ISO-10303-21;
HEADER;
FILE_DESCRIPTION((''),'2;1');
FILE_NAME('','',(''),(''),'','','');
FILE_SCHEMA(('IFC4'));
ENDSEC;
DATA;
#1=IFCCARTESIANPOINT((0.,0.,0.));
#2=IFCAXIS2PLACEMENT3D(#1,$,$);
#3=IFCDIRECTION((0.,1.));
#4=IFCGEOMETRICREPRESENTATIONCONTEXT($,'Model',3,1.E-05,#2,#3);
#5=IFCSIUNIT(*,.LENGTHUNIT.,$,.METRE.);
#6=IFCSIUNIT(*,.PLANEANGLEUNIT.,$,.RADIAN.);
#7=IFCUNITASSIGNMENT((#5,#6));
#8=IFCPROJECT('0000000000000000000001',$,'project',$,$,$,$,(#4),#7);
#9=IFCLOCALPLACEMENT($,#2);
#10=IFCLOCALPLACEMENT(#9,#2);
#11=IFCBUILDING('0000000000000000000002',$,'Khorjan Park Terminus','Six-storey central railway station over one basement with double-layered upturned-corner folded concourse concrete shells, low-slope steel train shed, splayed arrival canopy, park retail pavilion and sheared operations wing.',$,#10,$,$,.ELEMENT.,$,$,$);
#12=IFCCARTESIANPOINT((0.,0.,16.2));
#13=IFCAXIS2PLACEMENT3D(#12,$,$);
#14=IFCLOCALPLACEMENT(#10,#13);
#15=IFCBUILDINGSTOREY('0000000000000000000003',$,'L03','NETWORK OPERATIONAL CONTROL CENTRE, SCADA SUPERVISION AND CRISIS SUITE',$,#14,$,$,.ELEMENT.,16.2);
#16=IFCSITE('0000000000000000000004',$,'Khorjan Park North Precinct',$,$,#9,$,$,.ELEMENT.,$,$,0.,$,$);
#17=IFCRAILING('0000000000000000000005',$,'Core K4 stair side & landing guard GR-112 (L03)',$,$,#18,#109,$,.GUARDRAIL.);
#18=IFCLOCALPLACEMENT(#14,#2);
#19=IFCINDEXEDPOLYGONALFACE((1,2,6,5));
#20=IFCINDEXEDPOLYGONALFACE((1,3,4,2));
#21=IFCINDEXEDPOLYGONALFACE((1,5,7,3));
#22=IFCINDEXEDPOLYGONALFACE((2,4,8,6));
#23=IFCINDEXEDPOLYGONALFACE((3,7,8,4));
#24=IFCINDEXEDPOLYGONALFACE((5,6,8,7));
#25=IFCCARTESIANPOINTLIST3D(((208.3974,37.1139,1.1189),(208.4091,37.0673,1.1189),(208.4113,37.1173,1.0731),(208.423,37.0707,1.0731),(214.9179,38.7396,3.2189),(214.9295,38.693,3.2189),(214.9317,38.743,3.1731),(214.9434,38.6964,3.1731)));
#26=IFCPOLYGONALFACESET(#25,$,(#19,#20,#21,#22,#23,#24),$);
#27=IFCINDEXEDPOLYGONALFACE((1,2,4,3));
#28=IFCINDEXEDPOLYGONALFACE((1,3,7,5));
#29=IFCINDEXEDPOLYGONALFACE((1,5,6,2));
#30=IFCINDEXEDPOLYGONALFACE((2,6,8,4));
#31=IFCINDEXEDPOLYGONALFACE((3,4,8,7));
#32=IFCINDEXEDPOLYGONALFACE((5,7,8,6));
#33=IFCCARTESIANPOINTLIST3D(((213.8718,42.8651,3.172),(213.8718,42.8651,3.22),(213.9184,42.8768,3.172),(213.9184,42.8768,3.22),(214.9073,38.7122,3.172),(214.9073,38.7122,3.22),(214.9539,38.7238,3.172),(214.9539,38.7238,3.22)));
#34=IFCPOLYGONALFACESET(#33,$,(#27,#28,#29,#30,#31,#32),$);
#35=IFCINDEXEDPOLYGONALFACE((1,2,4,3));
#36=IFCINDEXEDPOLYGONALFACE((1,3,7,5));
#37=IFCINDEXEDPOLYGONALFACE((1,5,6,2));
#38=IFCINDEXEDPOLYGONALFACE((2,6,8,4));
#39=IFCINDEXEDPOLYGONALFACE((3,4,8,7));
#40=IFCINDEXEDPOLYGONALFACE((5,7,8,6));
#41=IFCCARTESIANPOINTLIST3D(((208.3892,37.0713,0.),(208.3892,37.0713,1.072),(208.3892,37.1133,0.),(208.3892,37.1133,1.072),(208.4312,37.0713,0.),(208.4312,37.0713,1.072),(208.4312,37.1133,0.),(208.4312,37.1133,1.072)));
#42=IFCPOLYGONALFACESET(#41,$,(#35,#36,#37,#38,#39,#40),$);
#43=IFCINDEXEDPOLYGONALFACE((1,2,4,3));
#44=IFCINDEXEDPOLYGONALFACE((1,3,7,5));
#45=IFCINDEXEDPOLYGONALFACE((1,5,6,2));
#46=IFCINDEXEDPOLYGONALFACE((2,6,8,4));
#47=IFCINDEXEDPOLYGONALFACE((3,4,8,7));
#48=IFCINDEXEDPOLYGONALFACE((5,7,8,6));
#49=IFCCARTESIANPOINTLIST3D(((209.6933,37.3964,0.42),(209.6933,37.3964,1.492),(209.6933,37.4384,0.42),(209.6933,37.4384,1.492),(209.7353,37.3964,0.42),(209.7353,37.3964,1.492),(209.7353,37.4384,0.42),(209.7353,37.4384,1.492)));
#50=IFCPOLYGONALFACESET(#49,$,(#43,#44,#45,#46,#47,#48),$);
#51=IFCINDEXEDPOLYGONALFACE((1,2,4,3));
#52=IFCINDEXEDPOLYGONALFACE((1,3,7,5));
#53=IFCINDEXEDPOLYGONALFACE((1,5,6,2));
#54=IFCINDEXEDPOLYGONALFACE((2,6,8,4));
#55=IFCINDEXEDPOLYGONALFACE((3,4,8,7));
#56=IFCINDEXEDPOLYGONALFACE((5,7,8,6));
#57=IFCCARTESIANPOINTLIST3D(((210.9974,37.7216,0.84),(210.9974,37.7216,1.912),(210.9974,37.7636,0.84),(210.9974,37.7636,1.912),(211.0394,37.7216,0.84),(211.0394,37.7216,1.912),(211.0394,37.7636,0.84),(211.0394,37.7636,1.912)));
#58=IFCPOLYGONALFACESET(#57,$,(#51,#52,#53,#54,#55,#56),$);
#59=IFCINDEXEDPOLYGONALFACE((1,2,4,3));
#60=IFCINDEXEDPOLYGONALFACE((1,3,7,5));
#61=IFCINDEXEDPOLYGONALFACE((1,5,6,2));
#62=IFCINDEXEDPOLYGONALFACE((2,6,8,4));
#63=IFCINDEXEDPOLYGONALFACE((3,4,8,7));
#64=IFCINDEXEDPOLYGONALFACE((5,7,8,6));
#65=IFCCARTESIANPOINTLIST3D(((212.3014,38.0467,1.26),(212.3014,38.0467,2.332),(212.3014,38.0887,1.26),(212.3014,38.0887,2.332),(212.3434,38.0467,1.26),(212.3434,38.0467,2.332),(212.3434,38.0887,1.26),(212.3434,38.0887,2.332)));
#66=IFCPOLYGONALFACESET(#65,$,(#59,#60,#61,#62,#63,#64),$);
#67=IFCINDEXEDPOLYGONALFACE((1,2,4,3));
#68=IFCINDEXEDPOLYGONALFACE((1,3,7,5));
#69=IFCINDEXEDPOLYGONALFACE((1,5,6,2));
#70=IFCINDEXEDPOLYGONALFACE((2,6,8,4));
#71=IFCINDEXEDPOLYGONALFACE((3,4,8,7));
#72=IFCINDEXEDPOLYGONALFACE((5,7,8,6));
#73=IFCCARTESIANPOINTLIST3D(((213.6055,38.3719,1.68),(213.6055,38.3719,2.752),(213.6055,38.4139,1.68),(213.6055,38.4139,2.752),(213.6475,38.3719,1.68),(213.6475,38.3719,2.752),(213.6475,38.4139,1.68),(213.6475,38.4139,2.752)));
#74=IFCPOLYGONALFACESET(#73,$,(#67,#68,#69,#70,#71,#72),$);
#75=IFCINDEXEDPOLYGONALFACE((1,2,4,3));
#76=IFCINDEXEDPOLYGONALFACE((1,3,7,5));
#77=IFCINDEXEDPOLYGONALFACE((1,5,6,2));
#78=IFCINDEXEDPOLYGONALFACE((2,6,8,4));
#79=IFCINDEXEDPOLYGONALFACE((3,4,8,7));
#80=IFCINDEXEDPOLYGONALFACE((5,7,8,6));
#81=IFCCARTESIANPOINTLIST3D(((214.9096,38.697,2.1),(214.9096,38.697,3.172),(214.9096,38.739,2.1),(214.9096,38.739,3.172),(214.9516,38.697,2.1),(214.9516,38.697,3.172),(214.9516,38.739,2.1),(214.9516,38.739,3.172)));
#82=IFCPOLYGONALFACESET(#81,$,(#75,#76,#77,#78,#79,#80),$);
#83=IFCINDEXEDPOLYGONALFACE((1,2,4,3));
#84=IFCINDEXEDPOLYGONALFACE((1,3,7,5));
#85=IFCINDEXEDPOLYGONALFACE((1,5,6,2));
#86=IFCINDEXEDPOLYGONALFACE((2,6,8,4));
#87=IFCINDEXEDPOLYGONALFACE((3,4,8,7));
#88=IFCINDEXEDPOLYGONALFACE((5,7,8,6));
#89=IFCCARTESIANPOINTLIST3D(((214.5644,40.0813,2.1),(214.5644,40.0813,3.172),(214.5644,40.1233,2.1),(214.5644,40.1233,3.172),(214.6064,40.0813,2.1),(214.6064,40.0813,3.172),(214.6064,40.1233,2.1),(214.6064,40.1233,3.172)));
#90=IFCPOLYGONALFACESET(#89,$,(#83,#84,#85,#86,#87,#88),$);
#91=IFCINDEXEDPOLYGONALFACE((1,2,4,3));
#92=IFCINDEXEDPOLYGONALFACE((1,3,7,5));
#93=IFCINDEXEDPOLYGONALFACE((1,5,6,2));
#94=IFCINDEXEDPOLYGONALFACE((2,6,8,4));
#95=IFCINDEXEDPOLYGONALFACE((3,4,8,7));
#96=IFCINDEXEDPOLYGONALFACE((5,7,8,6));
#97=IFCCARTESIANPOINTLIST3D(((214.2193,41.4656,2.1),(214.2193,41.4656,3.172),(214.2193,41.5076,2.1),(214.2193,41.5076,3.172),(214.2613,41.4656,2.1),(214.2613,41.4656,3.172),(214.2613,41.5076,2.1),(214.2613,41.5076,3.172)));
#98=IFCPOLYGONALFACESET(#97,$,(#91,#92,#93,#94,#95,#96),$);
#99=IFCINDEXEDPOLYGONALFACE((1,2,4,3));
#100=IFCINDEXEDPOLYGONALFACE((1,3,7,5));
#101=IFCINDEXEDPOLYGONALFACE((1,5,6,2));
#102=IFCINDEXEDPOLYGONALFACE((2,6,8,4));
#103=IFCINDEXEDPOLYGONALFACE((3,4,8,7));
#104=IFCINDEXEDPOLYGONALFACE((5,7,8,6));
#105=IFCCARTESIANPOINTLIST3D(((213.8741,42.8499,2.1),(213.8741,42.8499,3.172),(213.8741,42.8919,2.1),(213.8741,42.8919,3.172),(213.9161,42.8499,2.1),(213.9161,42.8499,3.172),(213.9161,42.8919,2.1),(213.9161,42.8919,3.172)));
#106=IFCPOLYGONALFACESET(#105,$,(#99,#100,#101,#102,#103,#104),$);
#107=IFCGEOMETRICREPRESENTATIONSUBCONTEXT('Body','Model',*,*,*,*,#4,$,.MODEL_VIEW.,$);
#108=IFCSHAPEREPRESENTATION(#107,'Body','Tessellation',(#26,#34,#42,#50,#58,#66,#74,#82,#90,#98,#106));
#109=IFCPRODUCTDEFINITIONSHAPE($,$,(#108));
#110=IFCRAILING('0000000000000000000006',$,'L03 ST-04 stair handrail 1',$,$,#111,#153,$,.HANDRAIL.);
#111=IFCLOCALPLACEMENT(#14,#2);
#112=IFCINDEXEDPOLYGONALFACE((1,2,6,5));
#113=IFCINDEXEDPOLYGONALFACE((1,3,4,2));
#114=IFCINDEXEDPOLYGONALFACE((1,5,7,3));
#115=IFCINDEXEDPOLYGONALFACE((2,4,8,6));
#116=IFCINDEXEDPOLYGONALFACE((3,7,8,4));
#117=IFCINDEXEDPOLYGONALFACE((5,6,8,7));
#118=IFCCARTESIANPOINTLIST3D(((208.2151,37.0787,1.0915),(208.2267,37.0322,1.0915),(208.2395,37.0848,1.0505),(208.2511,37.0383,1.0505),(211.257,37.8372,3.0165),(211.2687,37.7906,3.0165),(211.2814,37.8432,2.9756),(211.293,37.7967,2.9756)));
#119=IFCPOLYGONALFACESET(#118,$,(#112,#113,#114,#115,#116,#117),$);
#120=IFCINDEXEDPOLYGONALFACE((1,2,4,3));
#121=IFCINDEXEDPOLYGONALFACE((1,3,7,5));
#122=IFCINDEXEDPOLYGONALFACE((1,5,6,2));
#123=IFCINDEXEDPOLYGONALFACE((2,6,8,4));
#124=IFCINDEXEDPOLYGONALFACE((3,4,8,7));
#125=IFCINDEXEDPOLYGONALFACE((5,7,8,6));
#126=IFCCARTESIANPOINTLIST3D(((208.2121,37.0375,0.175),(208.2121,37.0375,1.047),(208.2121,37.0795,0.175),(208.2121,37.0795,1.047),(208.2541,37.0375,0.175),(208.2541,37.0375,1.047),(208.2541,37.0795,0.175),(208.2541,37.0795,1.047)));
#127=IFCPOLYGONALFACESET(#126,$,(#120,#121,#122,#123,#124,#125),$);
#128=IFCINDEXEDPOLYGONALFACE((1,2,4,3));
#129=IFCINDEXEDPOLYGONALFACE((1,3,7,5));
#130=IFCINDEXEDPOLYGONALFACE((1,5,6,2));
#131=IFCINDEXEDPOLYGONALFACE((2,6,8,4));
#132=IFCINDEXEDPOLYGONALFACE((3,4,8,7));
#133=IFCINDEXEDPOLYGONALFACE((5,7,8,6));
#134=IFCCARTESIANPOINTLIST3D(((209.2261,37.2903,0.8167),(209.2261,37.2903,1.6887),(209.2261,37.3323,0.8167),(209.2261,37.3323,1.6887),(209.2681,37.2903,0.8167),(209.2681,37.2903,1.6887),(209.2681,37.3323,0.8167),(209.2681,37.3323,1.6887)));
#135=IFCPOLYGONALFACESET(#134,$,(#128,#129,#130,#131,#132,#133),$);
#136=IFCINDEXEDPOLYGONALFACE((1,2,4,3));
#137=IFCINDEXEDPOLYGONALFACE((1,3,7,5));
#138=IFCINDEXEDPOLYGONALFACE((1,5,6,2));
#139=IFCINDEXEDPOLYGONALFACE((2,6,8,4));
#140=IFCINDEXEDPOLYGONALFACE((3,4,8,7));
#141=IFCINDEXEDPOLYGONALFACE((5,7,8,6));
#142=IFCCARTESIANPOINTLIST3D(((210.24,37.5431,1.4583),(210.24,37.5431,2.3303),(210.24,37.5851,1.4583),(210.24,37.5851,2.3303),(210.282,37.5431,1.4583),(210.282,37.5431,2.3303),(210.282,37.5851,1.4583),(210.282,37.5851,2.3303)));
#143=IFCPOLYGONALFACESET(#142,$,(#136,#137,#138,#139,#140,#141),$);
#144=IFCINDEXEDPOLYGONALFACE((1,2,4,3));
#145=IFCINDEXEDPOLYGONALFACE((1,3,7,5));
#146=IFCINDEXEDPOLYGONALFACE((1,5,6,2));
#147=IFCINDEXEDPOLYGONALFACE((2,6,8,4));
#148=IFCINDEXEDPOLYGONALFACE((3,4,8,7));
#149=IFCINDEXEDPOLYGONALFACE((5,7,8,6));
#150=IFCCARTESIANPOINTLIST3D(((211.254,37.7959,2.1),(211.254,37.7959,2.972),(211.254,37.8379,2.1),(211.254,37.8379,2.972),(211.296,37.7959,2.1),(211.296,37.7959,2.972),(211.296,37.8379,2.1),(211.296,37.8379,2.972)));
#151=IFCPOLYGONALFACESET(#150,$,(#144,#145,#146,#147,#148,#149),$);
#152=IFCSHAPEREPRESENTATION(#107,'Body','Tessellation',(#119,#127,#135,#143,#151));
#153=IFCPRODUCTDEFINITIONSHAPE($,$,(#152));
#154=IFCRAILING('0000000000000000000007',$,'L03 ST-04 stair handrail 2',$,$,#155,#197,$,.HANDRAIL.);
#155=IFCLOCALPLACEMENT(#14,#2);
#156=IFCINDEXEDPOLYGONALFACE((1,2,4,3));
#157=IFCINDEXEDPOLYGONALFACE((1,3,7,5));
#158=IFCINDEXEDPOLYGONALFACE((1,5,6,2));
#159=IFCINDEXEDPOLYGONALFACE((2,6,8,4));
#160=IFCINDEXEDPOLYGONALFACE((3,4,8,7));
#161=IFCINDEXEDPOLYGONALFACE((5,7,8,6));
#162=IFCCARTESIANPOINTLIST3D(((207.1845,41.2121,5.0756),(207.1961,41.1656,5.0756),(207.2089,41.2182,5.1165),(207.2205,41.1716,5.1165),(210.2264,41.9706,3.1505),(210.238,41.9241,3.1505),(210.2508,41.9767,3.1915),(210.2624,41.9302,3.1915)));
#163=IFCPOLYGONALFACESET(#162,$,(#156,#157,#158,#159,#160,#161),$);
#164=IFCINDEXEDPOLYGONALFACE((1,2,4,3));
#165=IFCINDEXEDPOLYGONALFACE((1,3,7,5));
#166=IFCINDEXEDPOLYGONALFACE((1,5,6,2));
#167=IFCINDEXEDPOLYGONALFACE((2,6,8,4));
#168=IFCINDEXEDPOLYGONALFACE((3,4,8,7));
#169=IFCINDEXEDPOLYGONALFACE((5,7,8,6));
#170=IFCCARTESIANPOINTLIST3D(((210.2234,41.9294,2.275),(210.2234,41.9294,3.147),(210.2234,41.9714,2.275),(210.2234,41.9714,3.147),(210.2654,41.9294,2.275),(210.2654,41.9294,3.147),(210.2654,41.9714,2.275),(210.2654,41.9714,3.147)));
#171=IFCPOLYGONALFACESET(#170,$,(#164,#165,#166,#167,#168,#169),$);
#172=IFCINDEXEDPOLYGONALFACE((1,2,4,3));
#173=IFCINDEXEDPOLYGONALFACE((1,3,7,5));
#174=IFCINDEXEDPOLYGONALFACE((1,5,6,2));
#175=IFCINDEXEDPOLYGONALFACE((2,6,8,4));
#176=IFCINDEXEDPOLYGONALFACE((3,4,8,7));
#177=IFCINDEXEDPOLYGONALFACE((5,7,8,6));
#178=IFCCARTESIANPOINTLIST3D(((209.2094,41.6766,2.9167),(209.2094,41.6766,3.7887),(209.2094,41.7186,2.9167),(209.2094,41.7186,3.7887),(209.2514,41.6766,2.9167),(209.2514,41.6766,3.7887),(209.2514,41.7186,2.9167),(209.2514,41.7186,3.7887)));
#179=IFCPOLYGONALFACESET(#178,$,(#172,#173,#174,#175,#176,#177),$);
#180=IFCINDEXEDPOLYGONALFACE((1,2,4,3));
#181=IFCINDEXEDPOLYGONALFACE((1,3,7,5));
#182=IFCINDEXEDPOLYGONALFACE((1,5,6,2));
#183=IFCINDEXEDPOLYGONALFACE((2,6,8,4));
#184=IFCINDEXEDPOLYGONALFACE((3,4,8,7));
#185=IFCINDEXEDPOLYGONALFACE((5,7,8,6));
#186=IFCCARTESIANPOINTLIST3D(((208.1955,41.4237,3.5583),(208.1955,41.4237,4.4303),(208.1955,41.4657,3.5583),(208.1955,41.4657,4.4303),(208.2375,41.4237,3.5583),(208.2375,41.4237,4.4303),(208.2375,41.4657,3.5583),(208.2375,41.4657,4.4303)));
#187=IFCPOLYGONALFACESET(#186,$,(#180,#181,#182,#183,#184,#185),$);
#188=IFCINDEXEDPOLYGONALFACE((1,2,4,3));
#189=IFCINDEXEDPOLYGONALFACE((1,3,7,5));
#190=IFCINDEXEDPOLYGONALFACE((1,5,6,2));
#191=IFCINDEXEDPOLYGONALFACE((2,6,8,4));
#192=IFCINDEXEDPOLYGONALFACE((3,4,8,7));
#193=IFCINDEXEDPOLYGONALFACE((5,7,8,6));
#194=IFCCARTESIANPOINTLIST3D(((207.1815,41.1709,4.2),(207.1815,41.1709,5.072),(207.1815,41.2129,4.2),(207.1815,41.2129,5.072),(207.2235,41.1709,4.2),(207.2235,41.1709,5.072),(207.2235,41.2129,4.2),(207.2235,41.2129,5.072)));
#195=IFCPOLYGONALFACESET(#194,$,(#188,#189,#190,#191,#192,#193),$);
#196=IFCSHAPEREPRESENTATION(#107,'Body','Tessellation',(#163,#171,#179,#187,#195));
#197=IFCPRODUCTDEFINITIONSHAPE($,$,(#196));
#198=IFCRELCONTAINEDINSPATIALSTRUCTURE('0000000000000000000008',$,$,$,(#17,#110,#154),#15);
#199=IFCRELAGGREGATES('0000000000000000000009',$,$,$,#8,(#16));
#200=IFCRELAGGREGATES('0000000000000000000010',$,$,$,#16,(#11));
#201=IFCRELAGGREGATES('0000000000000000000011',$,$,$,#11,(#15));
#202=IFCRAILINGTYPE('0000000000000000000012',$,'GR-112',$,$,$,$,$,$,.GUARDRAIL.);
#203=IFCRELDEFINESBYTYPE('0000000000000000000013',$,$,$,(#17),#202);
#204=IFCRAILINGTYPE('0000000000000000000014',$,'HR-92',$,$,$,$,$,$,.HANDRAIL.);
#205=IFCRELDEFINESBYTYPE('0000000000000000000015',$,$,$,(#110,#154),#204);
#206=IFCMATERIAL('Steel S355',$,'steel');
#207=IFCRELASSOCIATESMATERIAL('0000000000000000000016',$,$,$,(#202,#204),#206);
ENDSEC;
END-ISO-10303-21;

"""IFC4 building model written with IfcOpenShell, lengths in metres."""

from ifc_helpers import new_model, si_unit, direction, frame, origin, origin_2d, place, context, subcontext, project, spatial, rectangle, extrude, material, type_object, element, save


model = new_model("IFC4")

# Units and contexts
model_context = context("Model", 3, precision=1e-05, world=origin(), true_north=direction((0.0, 1.0)))
body_context = subcontext(model_context, "Body", "Model", "MODEL_VIEW")
ifc_project = project(units=[si_unit("LENGTHUNIT", "METRE"), si_unit("PLANEANGLEUNIT", "RADIAN")], contexts=[model_context])

# Site, building, storey
site_placement = place(None, origin())
site = spatial("IfcSite", under=ifc_project, at=site_placement, Name="Khorjan Park North Precinct", CompositionType="ELEMENT", RefElevation=0.0)
building_placement = place(site_placement, origin())
building = spatial("IfcBuilding", under=site, at=building_placement, Name="Khorjan Park Terminus", Description="Six-storey central railway station over one basement with double-layered upturned-corner folded concourse concrete shells, low-slope steel train shed, splayed arrival canopy, park retail pavilion and sheared operations wing.", CompositionType="ELEMENT")
storey_placement = place(building_placement, frame((0.0, 0.0, 16.2)))
storey = spatial("IfcBuildingStorey", under=building, at=storey_placement, Name="L03", Description="NETWORK OPERATIONAL CONTROL CENTRE, SCADA SUPERVISION AND CRISIS SUITE", CompositionType="ELEMENT", Elevation=16.2)

# Shared definitions
ifc_material_1 = material(Name="Steel S355", Category="steel")

# Railings
railing_type_1 = type_object("IfcRailingType", Name="GR-112", PredefinedType="GUARDRAIL", material=ifc_material_1)
railing_1_placement = place(storey_placement, frame((208.4102, 37.0923, 0.0)))
element("IfcRailing", 1, at=railing_1_placement, inside=storey, type_object=railing_type_1, Name="Core K4 stair side & landing guard GR-112 (L03)", PredefinedType="GUARDRAIL", context=body_context, shape_type="SweptSolid", body=[
    extrude(rectangle(XDim=0.048, YDim=0.048, at=origin_2d()), frame((0.0, 0.0, 1.096), z_axis=(0.926129, 0.230907, 0.298275), x_axis=(-0.241919, 0.970296, 0.0)), (0.0, 0.0, 1.0), 7.0405),
    extrude(rectangle(XDim=0.048, YDim=0.048, at=origin_2d()), frame((6.5204, 1.6257, 3.196), z_axis=(-0.241936, 0.970292, 0.0), x_axis=(-0.970292, -0.241936, 0.0)), (0.0, 0.0, 1.0), 4.2801),
    extrude(rectangle(XDim=0.042, YDim=0.042, at=origin_2d()), origin(), (0.0, 0.0, 1.0), 1.072),
    extrude(rectangle(XDim=0.042, YDim=0.042, at=origin_2d()), frame((1.3041, 0.3251, 0.42)), (0.0, 0.0, 1.0), 1.072),
    extrude(rectangle(XDim=0.042, YDim=0.042, at=origin_2d()), frame((2.6082, 0.6503, 0.84)), (0.0, 0.0, 1.0), 1.072),
    extrude(rectangle(XDim=0.042, YDim=0.042, at=origin_2d()), frame((3.9122, 0.9754, 1.26)), (0.0, 0.0, 1.0), 1.072),
    extrude(rectangle(XDim=0.042, YDim=0.042, at=origin_2d()), frame((5.2163, 1.3006, 1.68)), (0.0, 0.0, 1.0), 1.072),
    extrude(rectangle(XDim=0.042, YDim=0.042, at=origin_2d()), frame((6.5204, 1.6257, 2.1)), (0.0, 0.0, 1.0), 1.072),
    extrude(rectangle(XDim=0.042, YDim=0.042, at=origin_2d()), frame((6.1752, 3.01, 2.1)), (0.0, 0.0, 1.0), 1.072),
    extrude(rectangle(XDim=0.042, YDim=0.042, at=origin_2d()), frame((5.8301, 4.3943, 2.1)), (0.0, 0.0, 1.0), 1.072),
    extrude(rectangle(XDim=0.042, YDim=0.042, at=origin_2d()), frame((5.4849, 5.7786, 2.1)), (0.0, 0.0, 1.0), 1.072),
])
railing_type_2 = type_object("IfcRailingType", Name="HR-92", PredefinedType="HANDRAIL", material=ifc_material_1)
railing_2_placement = place(storey_placement, frame((208.2331, 37.0585, 0.175)))
element("IfcRailing", 2, at=railing_2_placement, inside=storey, type_object=railing_type_2, Name="L03 ST-04 stair handrail 1", PredefinedType="HANDRAIL", context=body_context, shape_type="SweptSolid", body=[
    extrude(rectangle(XDim=0.048, YDim=0.048, at=origin_2d()), frame((0.0, 0.0, 0.896), z_axis=(0.826861, 0.206151, 0.523261), x_axis=(-0.241913, 0.970298, 0.0)), (0.0, 0.0, 1.0), 3.6789),
    extrude(rectangle(XDim=0.042, YDim=0.042, at=origin_2d()), origin(), (0.0, 0.0, 1.0), 0.872),
    extrude(rectangle(XDim=0.042, YDim=0.042, at=origin_2d()), frame((1.014, 0.2528, 0.6417)), (0.0, 0.0, 1.0), 0.872),
    extrude(rectangle(XDim=0.042, YDim=0.042, at=origin_2d()), frame((2.0279, 0.5056, 1.2833)), (0.0, 0.0, 1.0), 0.872),
    extrude(rectangle(XDim=0.042, YDim=0.042, at=origin_2d()), frame((3.0419, 0.7584, 1.925)), (0.0, 0.0, 1.0), 0.872),
])
railing_3_placement = place(storey_placement, frame((210.2444, 41.9504, 2.275)))
element("IfcRailing", 3, at=railing_3_placement, inside=storey, type_object=railing_type_2, Name="L03 ST-04 stair handrail 2", PredefinedType="HANDRAIL", context=body_context, shape_type="SweptSolid", body=[
    extrude(rectangle(XDim=0.048, YDim=0.048, at=origin_2d()), frame((0.0, 0.0, 0.896), z_axis=(-0.826857, -0.206177, 0.523258), x_axis=(0.241943, -0.970291, 0.0)), (0.0, 0.0, 1.0), 3.6789),
    extrude(rectangle(XDim=0.042, YDim=0.042, at=origin_2d()), origin(), (0.0, 0.0, 1.0), 0.872),
    extrude(rectangle(XDim=0.042, YDim=0.042, at=origin_2d()), frame((-1.014, -0.2528, 0.6417)), (0.0, 0.0, 1.0), 0.872),
    extrude(rectangle(XDim=0.042, YDim=0.042, at=origin_2d()), frame((-2.0279, -0.5057, 1.2833)), (0.0, 0.0, 1.0), 0.872),
    extrude(rectangle(XDim=0.042, YDim=0.042, at=origin_2d()), frame((-3.0419, -0.7585, 1.925)), (0.0, 0.0, 1.0), 0.872),
])

save(model, "model.ifc")
